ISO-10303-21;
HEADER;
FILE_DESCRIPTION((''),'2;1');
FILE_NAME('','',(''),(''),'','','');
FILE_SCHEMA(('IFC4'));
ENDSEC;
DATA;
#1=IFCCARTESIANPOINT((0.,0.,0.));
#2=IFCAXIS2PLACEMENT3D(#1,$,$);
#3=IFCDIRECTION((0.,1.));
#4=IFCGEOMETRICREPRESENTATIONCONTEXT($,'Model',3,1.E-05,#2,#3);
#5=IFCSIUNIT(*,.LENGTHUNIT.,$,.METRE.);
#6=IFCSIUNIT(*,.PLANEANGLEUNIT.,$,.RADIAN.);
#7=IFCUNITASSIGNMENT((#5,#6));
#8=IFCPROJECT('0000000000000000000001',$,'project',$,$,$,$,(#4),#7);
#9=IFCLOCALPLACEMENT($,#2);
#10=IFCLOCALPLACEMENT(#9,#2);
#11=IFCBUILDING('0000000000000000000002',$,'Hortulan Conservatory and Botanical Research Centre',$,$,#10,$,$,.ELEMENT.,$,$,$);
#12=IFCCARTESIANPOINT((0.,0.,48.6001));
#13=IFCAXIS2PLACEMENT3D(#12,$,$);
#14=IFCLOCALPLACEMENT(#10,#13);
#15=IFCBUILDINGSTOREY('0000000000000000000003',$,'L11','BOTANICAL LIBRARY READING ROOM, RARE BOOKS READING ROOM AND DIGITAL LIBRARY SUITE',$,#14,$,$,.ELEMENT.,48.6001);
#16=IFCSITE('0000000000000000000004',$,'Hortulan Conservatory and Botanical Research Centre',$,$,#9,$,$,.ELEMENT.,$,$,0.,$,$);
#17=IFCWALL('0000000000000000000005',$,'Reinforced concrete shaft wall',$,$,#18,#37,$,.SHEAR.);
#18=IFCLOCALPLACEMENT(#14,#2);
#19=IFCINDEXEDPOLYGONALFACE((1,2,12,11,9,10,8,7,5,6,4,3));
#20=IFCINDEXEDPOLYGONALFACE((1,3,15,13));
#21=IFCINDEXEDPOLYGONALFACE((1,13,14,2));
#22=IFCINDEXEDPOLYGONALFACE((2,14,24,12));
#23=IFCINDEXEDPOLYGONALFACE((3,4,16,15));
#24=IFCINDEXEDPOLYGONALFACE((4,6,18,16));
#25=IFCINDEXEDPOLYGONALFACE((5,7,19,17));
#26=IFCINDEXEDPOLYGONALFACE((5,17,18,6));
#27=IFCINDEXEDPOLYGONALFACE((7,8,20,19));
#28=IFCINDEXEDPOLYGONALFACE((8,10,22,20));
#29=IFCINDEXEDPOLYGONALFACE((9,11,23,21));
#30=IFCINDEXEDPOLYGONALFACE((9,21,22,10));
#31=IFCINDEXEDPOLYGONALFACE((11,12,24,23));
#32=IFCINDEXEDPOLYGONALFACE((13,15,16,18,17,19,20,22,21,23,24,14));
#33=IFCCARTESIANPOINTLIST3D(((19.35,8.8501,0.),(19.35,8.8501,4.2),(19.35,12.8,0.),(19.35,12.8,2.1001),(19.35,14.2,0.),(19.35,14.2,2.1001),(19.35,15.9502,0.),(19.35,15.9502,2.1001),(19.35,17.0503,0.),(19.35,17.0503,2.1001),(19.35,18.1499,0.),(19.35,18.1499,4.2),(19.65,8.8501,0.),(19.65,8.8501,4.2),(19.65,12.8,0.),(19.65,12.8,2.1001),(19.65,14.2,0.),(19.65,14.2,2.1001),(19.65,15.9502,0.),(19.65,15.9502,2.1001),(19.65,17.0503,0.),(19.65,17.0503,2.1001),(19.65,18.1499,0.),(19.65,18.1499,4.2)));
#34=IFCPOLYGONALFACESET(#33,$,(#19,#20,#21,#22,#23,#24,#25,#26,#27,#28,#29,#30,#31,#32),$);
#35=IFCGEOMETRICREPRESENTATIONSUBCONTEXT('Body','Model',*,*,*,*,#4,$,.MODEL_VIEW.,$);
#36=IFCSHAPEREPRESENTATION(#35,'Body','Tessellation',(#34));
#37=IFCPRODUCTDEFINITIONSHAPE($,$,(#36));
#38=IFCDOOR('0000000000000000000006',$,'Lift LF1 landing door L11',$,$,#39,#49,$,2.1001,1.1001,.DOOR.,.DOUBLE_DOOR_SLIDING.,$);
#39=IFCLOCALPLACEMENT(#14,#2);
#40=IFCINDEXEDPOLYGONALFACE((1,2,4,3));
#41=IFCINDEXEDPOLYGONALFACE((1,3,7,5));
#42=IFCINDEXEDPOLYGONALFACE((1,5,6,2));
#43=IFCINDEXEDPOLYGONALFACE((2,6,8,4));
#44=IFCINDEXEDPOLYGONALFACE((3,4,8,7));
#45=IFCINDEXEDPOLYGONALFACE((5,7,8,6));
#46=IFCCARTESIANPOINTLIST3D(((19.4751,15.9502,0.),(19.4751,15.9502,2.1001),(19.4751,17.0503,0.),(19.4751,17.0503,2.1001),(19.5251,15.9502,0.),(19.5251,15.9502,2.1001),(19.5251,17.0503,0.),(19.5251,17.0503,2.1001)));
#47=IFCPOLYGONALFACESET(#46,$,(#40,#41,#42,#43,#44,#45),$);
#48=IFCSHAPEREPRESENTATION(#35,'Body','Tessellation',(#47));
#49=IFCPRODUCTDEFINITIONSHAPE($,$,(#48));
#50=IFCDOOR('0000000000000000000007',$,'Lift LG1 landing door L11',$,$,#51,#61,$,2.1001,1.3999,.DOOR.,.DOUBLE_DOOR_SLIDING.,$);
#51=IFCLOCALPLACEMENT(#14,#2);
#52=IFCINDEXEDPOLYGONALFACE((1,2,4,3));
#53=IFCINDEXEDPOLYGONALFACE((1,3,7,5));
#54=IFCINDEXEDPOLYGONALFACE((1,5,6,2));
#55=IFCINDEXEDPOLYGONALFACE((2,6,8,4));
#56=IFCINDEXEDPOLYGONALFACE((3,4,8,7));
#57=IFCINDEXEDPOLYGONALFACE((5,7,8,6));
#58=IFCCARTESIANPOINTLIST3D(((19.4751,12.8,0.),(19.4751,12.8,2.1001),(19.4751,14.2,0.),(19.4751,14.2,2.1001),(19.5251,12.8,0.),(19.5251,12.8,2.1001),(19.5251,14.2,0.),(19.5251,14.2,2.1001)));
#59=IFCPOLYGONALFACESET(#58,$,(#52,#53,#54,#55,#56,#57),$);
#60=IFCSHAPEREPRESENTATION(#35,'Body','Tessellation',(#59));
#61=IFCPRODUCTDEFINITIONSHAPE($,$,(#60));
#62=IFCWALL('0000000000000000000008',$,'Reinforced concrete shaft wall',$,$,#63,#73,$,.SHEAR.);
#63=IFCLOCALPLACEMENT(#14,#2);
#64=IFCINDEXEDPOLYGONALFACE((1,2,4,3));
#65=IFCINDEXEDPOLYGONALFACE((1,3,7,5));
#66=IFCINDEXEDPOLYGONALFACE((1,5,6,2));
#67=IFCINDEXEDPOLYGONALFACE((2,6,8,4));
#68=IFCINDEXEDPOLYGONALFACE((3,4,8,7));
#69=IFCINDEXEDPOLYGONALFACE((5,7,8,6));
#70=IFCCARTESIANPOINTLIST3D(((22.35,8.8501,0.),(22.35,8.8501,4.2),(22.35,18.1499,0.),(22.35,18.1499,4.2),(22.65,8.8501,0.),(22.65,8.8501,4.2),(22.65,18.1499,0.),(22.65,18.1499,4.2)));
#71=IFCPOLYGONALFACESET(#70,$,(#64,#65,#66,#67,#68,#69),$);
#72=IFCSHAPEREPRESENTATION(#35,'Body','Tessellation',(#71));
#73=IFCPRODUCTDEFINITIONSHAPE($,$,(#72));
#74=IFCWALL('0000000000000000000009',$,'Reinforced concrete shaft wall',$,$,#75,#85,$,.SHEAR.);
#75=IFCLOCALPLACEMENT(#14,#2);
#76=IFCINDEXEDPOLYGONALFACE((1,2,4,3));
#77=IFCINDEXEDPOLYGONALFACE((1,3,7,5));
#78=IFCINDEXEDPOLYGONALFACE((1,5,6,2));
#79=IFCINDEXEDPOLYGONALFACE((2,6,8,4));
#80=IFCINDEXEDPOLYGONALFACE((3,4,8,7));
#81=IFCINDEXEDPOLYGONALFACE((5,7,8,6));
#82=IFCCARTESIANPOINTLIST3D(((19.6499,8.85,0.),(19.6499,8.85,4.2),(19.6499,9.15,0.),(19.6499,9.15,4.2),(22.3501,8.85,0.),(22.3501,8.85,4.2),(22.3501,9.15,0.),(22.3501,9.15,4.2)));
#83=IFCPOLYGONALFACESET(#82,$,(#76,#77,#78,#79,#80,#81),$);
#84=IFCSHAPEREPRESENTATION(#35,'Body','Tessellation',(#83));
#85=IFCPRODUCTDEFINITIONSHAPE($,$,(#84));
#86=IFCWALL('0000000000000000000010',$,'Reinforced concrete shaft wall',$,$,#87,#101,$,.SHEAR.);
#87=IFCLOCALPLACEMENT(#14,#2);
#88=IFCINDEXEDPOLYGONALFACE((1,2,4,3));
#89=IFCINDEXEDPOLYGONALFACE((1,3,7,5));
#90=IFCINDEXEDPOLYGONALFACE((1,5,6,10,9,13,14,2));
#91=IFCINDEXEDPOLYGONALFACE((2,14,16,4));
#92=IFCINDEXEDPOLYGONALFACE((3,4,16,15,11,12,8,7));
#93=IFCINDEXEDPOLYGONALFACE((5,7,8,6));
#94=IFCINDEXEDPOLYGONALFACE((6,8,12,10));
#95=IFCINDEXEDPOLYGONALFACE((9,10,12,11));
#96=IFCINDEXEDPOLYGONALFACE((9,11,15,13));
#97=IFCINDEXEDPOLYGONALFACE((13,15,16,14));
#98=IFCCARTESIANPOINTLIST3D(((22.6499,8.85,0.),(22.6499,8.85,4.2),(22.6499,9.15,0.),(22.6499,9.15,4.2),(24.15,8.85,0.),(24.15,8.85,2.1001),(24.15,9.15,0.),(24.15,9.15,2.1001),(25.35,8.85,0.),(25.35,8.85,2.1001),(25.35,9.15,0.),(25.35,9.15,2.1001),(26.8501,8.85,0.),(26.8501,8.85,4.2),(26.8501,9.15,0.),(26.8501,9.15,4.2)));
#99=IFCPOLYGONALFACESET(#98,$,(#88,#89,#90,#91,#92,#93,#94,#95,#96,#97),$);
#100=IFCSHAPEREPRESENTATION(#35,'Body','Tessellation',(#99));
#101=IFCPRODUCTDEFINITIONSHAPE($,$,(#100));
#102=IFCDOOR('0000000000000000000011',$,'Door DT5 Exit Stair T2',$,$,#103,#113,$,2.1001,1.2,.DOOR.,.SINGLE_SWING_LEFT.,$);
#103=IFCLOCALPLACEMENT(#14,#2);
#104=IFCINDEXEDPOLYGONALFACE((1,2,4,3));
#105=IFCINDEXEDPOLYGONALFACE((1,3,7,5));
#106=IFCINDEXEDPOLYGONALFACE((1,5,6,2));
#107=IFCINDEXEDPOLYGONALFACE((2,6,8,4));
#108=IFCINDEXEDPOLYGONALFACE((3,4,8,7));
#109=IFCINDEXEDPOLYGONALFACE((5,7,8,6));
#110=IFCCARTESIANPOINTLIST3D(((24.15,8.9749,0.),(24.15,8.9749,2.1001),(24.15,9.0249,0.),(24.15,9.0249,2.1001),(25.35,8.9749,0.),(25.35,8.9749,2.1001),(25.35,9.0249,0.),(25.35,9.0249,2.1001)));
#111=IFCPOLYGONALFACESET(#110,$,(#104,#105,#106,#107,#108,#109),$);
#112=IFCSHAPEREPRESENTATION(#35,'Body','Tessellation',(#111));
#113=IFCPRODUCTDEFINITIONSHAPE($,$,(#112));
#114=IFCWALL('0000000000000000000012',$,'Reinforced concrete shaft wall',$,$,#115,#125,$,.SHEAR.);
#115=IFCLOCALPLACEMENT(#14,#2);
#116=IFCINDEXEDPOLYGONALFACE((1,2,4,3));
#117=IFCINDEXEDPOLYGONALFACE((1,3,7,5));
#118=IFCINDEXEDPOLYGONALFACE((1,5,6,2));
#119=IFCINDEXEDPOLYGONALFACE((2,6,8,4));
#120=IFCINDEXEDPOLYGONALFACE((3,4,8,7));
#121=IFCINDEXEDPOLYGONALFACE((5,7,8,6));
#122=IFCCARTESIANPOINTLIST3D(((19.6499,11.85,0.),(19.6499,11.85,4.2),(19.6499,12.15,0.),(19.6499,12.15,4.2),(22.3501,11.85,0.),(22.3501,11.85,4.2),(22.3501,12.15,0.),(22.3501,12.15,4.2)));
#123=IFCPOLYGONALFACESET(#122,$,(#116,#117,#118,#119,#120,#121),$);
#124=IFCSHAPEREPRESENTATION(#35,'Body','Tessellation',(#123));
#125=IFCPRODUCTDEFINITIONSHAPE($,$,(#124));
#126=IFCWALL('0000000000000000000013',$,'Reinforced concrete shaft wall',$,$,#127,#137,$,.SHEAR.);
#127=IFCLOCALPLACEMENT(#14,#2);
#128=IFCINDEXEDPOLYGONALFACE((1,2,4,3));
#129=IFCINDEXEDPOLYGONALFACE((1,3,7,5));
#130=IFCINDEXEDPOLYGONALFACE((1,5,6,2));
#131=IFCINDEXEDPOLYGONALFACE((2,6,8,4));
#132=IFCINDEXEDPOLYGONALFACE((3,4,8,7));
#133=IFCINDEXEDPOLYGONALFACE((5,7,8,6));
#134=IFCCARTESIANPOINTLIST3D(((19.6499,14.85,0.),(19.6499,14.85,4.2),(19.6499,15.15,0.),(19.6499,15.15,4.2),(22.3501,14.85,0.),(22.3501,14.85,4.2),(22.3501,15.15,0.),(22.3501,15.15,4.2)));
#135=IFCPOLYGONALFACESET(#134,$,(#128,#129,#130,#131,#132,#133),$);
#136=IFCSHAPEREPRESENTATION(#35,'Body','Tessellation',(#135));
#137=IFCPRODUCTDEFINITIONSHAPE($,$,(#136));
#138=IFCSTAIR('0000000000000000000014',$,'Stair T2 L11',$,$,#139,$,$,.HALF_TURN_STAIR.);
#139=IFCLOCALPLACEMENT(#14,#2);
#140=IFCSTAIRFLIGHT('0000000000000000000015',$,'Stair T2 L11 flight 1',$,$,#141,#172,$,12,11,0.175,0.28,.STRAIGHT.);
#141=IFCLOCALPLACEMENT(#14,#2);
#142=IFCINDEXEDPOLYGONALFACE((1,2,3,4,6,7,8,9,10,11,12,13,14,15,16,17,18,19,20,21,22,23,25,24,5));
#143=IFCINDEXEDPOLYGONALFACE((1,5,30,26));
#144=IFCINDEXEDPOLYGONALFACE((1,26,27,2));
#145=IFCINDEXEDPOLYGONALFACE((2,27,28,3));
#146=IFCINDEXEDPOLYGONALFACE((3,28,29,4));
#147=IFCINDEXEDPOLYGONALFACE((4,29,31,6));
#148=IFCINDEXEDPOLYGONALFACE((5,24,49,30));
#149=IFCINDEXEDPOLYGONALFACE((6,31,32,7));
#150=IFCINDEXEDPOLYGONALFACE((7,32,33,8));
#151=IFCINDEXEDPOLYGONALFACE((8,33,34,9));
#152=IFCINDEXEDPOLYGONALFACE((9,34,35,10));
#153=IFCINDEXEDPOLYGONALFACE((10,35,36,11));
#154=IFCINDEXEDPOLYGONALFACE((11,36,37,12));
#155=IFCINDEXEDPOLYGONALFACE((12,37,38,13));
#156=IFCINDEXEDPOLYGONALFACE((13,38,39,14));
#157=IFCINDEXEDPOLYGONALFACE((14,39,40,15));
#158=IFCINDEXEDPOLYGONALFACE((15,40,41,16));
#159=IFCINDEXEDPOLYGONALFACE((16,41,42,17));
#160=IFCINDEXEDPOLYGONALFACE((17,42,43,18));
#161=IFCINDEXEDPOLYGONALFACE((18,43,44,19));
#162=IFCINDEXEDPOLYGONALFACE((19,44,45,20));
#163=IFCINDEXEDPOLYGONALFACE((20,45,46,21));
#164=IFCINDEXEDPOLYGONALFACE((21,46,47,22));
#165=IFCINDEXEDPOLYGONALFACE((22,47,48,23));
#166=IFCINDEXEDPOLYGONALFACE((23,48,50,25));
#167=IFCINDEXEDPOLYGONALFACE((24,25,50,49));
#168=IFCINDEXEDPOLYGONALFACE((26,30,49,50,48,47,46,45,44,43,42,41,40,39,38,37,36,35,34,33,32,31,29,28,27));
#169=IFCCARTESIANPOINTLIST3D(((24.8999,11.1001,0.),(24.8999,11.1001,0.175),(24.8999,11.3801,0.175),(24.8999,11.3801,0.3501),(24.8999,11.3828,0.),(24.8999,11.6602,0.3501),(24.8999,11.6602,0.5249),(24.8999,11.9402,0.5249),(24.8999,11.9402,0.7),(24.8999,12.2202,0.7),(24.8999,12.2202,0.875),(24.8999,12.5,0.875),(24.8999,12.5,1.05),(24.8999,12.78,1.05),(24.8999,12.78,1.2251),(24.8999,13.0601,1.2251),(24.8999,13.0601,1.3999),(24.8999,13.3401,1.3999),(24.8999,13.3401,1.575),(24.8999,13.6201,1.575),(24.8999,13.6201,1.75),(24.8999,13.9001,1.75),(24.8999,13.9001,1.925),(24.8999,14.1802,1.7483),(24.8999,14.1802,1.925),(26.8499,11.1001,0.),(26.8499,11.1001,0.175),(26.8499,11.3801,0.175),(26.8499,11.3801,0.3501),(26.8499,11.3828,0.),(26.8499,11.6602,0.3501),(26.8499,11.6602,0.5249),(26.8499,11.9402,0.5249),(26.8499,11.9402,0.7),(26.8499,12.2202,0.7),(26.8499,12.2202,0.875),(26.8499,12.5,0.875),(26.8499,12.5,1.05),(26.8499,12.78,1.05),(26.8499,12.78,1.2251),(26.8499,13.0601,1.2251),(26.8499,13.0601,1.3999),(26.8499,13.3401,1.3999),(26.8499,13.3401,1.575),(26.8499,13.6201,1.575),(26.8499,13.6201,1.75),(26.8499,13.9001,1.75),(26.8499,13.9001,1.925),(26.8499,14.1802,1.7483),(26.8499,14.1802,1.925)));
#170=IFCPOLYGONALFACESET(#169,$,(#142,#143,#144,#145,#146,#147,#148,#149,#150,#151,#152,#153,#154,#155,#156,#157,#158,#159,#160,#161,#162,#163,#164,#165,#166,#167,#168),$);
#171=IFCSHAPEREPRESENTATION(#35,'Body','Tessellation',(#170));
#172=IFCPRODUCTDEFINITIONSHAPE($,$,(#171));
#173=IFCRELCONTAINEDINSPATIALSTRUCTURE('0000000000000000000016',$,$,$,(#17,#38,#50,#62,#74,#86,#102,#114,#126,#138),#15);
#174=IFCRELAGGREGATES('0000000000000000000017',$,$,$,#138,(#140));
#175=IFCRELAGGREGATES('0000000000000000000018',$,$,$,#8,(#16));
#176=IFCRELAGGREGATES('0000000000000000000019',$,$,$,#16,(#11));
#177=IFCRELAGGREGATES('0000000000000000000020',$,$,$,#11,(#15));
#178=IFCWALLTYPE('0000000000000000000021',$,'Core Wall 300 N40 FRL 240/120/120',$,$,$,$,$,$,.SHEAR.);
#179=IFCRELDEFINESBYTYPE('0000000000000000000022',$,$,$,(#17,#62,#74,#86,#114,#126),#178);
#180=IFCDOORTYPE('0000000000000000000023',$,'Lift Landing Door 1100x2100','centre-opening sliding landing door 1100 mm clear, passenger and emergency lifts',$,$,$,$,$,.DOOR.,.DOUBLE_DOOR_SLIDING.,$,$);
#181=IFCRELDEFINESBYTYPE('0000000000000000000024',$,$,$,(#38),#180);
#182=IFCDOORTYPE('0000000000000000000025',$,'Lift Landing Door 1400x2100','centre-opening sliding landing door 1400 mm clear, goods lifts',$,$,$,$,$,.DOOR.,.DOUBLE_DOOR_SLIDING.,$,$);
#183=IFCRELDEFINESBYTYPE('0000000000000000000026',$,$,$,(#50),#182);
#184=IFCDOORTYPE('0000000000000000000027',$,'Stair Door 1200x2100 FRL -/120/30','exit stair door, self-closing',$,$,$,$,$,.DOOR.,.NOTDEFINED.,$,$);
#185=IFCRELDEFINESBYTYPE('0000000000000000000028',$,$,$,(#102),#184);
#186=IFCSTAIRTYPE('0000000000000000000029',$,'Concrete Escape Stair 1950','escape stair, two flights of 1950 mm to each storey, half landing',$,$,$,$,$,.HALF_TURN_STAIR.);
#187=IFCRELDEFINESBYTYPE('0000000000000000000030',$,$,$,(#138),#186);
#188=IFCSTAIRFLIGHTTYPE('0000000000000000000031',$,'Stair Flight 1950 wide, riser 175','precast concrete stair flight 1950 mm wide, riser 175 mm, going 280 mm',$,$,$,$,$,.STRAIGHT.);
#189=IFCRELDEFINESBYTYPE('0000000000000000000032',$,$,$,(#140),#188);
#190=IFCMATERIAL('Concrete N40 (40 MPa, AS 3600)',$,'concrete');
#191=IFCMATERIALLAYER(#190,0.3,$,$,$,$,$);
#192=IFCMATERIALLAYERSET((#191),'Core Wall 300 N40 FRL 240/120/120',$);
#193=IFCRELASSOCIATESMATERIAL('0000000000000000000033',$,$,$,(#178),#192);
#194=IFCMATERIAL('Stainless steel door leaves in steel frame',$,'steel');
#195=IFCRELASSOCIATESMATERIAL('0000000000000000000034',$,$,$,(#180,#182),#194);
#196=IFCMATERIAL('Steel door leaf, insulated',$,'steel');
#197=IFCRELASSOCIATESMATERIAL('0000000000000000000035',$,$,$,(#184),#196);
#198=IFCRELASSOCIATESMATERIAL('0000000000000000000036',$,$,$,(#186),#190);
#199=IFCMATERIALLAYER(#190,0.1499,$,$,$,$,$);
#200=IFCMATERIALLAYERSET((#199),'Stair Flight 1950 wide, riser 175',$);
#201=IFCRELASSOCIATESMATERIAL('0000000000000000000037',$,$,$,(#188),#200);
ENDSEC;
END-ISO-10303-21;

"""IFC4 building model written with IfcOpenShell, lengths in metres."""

from ifc_helpers import new_model, si_unit, direction, frame, frame_2d, origin, place, context, subcontext, project, spatial, polyline, rectangle, outline, extrude, material, layer, layer_set, type_object, element, fill, aggregate, save


model = new_model("IFC4")

# Units and contexts
model_context = context("Model", 3, precision=1e-05, world=origin(), true_north=direction((0.0, 1.0)))
body_context = subcontext(model_context, "Body", "Model", "MODEL_VIEW")
ifc_project = project(units=[si_unit("LENGTHUNIT", "METRE"), si_unit("PLANEANGLEUNIT", "RADIAN")], contexts=[model_context])

# Site, building, storey
site_placement = place(None, origin())
site = spatial("IfcSite", under=ifc_project, at=site_placement, Name="Hortulan Conservatory and Botanical Research Centre", CompositionType="ELEMENT", RefElevation=0.0)
building_placement = place(site_placement, origin())
building = spatial("IfcBuilding", under=site, at=building_placement, Name="Hortulan Conservatory and Botanical Research Centre", CompositionType="ELEMENT")
storey_placement = place(building_placement, frame((0.0, 0.0, 48.6001)))
storey = spatial("IfcBuildingStorey", under=building, at=storey_placement, Name="L11", Description="BOTANICAL LIBRARY READING ROOM, RARE BOOKS READING ROOM AND DIGITAL LIBRARY SUITE", CompositionType="ELEMENT", Elevation=48.6001)

# Wall, openings, doors
ifc_material_1 = material(Name="Concrete N40 (40 MPa, AS 3600)", Category="concrete")
ifc_layer_1 = layer(ifc_material_1, 0.3)
ifc_layer_set_1 = layer_set([ifc_layer_1], Name="Core Wall 300 N40 FRL 240/120/120")
wall_type = type_object("IfcWallType", Name="Core Wall 300 N40 FRL 240/120/120", PredefinedType="SHEAR", material=ifc_layer_set_1)
wall_1_placement = place(storey_placement, frame((19.5, 8.8501, 0.0), z_axis=(0.0, 0.0, 1.0), x_axis=(0.0, 1.0, 0.0)))
wall_1 = element("IfcWall", 1, at=wall_1_placement, inside=storey, type_object=wall_type, Name="Reinforced concrete shaft wall", PredefinedType="SHEAR", context=body_context, shape_type="SweptSolid", body=[
    extrude(rectangle(XDim=9.2998, YDim=0.3, at=frame_2d((4.6499, 0.0))), origin(), (0.0, 0.0, 1.0), 4.2),
])
opening_1_placement = place(wall_1_placement, frame((3.95, 0.0, 0.0)))
opening_1 = element("IfcOpeningElement", 2, at=opening_1_placement, cuts=wall_1, PredefinedType="OPENING", context=body_context, shape_type="SweptSolid", body=[
    extrude(rectangle(XDim=1.3999, YDim=2.1001, at=frame_2d((0.7, 1.05))), frame((0.0, 0.1599, 0.0), z_axis=(0.0, -1.0, 0.0), x_axis=(1.0, 0.0, 0.0)), (0.0, 0.0, 1.0), 0.3201),
])
opening_2_placement = place(wall_1_placement, frame((7.1001, 0.0, 0.0)))
opening_2 = element("IfcOpeningElement", 3, at=opening_2_placement, cuts=wall_1, PredefinedType="OPENING", context=body_context, shape_type="SweptSolid", body=[
    extrude(rectangle(XDim=1.1001, YDim=2.1001, at=frame_2d((0.55, 1.05))), frame((0.0, 0.1599, 0.0), z_axis=(0.0, -1.0, 0.0), x_axis=(1.0, 0.0, 0.0)), (0.0, 0.0, 1.0), 0.3201),
])
ifc_material_2 = material(Name="Stainless steel door leaves in steel frame", Category="steel")
door_type_1 = type_object("IfcDoorType", Name="Lift Landing Door 1100x2100", Description="centre-opening sliding landing door 1100 mm clear, passenger and emergency lifts", OperationType="DOUBLE_DOOR_SLIDING", PredefinedType="DOOR", material=ifc_material_2)
door_1_placement = place(opening_2_placement, origin())
door_1 = element("IfcDoor", 4, at=door_1_placement, inside=storey, type_object=door_type_1, Name="Lift LF1 landing door L11", OperationType="DOUBLE_DOOR_SLIDING", OverallHeight=2.1001, OverallWidth=1.1001, PredefinedType="DOOR", context=body_context, shape_type="SweptSolid", body=[
    extrude(rectangle(XDim=1.1001, YDim=2.1001, at=frame_2d((0.55, 1.05))), frame((0.0, 0.0249, 0.0), z_axis=(0.0, -1.0, 0.0), x_axis=(1.0, 0.0, 0.0)), (0.0, 0.0, 1.0), 0.05),
])
fill(opening_2, door_1)
door_type_2 = type_object("IfcDoorType", Name="Lift Landing Door 1400x2100", Description="centre-opening sliding landing door 1400 mm clear, goods lifts", OperationType="DOUBLE_DOOR_SLIDING", PredefinedType="DOOR", material=ifc_material_2)
door_2_placement = place(opening_1_placement, origin())
door_2 = element("IfcDoor", 5, at=door_2_placement, inside=storey, type_object=door_type_2, Name="Lift LG1 landing door L11", OperationType="DOUBLE_DOOR_SLIDING", OverallHeight=2.1001, OverallWidth=1.3999, PredefinedType="DOOR", context=body_context, shape_type="SweptSolid", body=[
    extrude(rectangle(XDim=1.3999, YDim=2.1001, at=frame_2d((0.7, 1.05))), frame((0.0, 0.0249, 0.0), z_axis=(0.0, -1.0, 0.0), x_axis=(1.0, 0.0, 0.0)), (0.0, 0.0, 1.0), 0.05),
])
fill(opening_1, door_2)

# Walls
wall_2_placement = place(storey_placement, frame((22.5, 8.8501, 0.0), z_axis=(0.0, 0.0, 1.0), x_axis=(0.0, 1.0, 0.0)))
element("IfcWall", 6, at=wall_2_placement, inside=storey, type_object=wall_type, Name="Reinforced concrete shaft wall", PredefinedType="SHEAR", context=body_context, shape_type="SweptSolid", body=[
    extrude(rectangle(XDim=9.2998, YDim=0.3, at=frame_2d((4.6499, 0.0))), origin(), (0.0, 0.0, 1.0), 4.2),
])
wall_3_placement = place(storey_placement, frame((19.6499, 9.0, 0.0), z_axis=(0.0, 0.0, 1.0), x_axis=(1.0, 0.0, 0.0)))
element("IfcWall", 7, at=wall_3_placement, inside=storey, type_object=wall_type, Name="Reinforced concrete shaft wall", PredefinedType="SHEAR", context=body_context, shape_type="SweptSolid", body=[
    extrude(rectangle(XDim=2.7002, YDim=0.3, at=frame_2d((1.3501, 0.0))), origin(), (0.0, 0.0, 1.0), 4.2),
])

# Wall, opening, door
wall_4_placement = place(storey_placement, frame((22.6499, 9.0, 0.0), z_axis=(0.0, 0.0, 1.0), x_axis=(1.0, 0.0, 0.0)))
wall_4 = element("IfcWall", 8, at=wall_4_placement, inside=storey, type_object=wall_type, Name="Reinforced concrete shaft wall", PredefinedType="SHEAR", context=body_context, shape_type="SweptSolid", body=[
    extrude(rectangle(XDim=4.2002, YDim=0.3, at=frame_2d((2.1001, 0.0))), origin(), (0.0, 0.0, 1.0), 4.2),
])
opening_3_placement = place(wall_4_placement, frame((1.5, 0.0, 0.0)))
opening_3 = element("IfcOpeningElement", 9, at=opening_3_placement, cuts=wall_4, PredefinedType="OPENING", context=body_context, shape_type="SweptSolid", body=[
    extrude(rectangle(XDim=1.2, YDim=2.1001, at=frame_2d((0.6001, 1.05))), frame((0.0, 0.1599, 0.0), z_axis=(0.0, -1.0, 0.0), x_axis=(1.0, 0.0, 0.0)), (0.0, 0.0, 1.0), 0.3201),
])
ifc_material_3 = material(Name="Steel door leaf, insulated", Category="steel")
door_type_3 = type_object("IfcDoorType", Name="Stair Door 1200x2100 FRL -/120/30", Description="exit stair door, self-closing", OperationType="NOTDEFINED", PredefinedType="DOOR", material=ifc_material_3)
door_3_placement = place(opening_3_placement, origin())
door_3 = element("IfcDoor", 10, at=door_3_placement, inside=storey, type_object=door_type_3, Name="Door DT5 Exit Stair T2", OperationType="SINGLE_SWING_LEFT", OverallHeight=2.1001, OverallWidth=1.2, PredefinedType="DOOR", context=body_context, shape_type="SweptSolid", body=[
    extrude(rectangle(XDim=1.2, YDim=2.1001, at=frame_2d((0.6001, 1.05))), frame((0.0, 0.0249, 0.0), z_axis=(0.0, -1.0, 0.0), x_axis=(1.0, 0.0, 0.0)), (0.0, 0.0, 1.0), 0.05),
])
fill(opening_3, door_3)

# Walls
for number, where, z_axis, x_axis, name in (
    (11, (19.6499, 12.0, 0.0), (0.0, 0.0, 1.0), (1.0, 0.0, 0.0), "Reinforced concrete shaft wall"),
    (12, (19.6499, 15.0, 0.0), (0.0, 0.0, 1.0), (1.0, 0.0, 0.0), "Reinforced concrete shaft wall"),
):
    element("IfcWall", number, at=place(storey_placement, frame(where, z_axis=z_axis, x_axis=x_axis)), inside=storey, type_object=wall_type, Name=name, PredefinedType="SHEAR", context=body_context, shape_type="SweptSolid", body=[
        extrude(rectangle(XDim=2.7002, YDim=0.3, at=frame_2d((1.3501, 0.0))), origin(), (0.0, 0.0, 1.0), 4.2),
    ])

# Stair, stair flight
stair_type = type_object("IfcStairType", Name="Concrete Escape Stair 1950", Description="escape stair, two flights of 1950 mm to each storey, half landing", PredefinedType="HALF_TURN_STAIR", material=ifc_material_1)
stair_placement = place(storey_placement, origin())
stair = element("IfcStair", 13, at=stair_placement, inside=storey, type_object=stair_type, Name="Stair T2 L11", PredefinedType="HALF_TURN_STAIR")
ifc_layer_2 = layer(ifc_material_1, 0.1499)
ifc_layer_set_2 = layer_set([ifc_layer_2], Name="Stair Flight 1950 wide, riser 175")
stair_flight_type = type_object("IfcStairFlightType", Name="Stair Flight 1950 wide, riser 175", Description="precast concrete stair flight 1950 mm wide, riser 175 mm, going 280 mm", PredefinedType="STRAIGHT", material=ifc_layer_set_2)
stair_flight_1_placement = place(storey_placement, frame((25.875, 11.1001, 0.0), z_axis=(0.0, 0.0, 1.0), x_axis=(0.0, 1.0, 0.0)))
stair_flight_1 = element("IfcStairFlight", 14, at=stair_flight_1_placement, type_object=stair_flight_type, Name="Stair T2 L11 flight 1", NumberOfRisers=12, NumberOfTreads=11, PredefinedType="STRAIGHT", RiserHeight=0.175, TreadLength=0.28, context=body_context, shape_type="SweptSolid", body=[
    extrude(outline(polyline([(0.0, 0.0), (0.0, 0.175), (0.28, 0.175), (0.28, 0.3501), (0.5601, 0.3501), (0.5601, 0.5249), (0.8401, 0.5249), (0.8401, 0.7), (1.1201, 0.7), (1.1201, 0.875), (1.3999, 0.875), (1.3999, 1.05), (1.6799, 1.05), (1.6799, 1.2251), (1.96, 1.2251), (1.96, 1.3999), (2.24, 1.3999), (2.24, 1.575), (2.52, 1.575), (2.52, 1.75), (2.8, 1.75), (2.8, 1.925), (3.0801, 1.925), (3.0801, 2.1001), (3.0801, 1.7483), (0.2827, 0.0), (0.0, 0.0)])), frame((0.0, 0.9751, 0.0), z_axis=(0.0, -1.0, 0.0), x_axis=(1.0, 0.0, 0.0)), (0.0, 0.0, 1.0), 1.95),
])
aggregate(stair, [stair_flight_1])

save(model, "model.ifc")
